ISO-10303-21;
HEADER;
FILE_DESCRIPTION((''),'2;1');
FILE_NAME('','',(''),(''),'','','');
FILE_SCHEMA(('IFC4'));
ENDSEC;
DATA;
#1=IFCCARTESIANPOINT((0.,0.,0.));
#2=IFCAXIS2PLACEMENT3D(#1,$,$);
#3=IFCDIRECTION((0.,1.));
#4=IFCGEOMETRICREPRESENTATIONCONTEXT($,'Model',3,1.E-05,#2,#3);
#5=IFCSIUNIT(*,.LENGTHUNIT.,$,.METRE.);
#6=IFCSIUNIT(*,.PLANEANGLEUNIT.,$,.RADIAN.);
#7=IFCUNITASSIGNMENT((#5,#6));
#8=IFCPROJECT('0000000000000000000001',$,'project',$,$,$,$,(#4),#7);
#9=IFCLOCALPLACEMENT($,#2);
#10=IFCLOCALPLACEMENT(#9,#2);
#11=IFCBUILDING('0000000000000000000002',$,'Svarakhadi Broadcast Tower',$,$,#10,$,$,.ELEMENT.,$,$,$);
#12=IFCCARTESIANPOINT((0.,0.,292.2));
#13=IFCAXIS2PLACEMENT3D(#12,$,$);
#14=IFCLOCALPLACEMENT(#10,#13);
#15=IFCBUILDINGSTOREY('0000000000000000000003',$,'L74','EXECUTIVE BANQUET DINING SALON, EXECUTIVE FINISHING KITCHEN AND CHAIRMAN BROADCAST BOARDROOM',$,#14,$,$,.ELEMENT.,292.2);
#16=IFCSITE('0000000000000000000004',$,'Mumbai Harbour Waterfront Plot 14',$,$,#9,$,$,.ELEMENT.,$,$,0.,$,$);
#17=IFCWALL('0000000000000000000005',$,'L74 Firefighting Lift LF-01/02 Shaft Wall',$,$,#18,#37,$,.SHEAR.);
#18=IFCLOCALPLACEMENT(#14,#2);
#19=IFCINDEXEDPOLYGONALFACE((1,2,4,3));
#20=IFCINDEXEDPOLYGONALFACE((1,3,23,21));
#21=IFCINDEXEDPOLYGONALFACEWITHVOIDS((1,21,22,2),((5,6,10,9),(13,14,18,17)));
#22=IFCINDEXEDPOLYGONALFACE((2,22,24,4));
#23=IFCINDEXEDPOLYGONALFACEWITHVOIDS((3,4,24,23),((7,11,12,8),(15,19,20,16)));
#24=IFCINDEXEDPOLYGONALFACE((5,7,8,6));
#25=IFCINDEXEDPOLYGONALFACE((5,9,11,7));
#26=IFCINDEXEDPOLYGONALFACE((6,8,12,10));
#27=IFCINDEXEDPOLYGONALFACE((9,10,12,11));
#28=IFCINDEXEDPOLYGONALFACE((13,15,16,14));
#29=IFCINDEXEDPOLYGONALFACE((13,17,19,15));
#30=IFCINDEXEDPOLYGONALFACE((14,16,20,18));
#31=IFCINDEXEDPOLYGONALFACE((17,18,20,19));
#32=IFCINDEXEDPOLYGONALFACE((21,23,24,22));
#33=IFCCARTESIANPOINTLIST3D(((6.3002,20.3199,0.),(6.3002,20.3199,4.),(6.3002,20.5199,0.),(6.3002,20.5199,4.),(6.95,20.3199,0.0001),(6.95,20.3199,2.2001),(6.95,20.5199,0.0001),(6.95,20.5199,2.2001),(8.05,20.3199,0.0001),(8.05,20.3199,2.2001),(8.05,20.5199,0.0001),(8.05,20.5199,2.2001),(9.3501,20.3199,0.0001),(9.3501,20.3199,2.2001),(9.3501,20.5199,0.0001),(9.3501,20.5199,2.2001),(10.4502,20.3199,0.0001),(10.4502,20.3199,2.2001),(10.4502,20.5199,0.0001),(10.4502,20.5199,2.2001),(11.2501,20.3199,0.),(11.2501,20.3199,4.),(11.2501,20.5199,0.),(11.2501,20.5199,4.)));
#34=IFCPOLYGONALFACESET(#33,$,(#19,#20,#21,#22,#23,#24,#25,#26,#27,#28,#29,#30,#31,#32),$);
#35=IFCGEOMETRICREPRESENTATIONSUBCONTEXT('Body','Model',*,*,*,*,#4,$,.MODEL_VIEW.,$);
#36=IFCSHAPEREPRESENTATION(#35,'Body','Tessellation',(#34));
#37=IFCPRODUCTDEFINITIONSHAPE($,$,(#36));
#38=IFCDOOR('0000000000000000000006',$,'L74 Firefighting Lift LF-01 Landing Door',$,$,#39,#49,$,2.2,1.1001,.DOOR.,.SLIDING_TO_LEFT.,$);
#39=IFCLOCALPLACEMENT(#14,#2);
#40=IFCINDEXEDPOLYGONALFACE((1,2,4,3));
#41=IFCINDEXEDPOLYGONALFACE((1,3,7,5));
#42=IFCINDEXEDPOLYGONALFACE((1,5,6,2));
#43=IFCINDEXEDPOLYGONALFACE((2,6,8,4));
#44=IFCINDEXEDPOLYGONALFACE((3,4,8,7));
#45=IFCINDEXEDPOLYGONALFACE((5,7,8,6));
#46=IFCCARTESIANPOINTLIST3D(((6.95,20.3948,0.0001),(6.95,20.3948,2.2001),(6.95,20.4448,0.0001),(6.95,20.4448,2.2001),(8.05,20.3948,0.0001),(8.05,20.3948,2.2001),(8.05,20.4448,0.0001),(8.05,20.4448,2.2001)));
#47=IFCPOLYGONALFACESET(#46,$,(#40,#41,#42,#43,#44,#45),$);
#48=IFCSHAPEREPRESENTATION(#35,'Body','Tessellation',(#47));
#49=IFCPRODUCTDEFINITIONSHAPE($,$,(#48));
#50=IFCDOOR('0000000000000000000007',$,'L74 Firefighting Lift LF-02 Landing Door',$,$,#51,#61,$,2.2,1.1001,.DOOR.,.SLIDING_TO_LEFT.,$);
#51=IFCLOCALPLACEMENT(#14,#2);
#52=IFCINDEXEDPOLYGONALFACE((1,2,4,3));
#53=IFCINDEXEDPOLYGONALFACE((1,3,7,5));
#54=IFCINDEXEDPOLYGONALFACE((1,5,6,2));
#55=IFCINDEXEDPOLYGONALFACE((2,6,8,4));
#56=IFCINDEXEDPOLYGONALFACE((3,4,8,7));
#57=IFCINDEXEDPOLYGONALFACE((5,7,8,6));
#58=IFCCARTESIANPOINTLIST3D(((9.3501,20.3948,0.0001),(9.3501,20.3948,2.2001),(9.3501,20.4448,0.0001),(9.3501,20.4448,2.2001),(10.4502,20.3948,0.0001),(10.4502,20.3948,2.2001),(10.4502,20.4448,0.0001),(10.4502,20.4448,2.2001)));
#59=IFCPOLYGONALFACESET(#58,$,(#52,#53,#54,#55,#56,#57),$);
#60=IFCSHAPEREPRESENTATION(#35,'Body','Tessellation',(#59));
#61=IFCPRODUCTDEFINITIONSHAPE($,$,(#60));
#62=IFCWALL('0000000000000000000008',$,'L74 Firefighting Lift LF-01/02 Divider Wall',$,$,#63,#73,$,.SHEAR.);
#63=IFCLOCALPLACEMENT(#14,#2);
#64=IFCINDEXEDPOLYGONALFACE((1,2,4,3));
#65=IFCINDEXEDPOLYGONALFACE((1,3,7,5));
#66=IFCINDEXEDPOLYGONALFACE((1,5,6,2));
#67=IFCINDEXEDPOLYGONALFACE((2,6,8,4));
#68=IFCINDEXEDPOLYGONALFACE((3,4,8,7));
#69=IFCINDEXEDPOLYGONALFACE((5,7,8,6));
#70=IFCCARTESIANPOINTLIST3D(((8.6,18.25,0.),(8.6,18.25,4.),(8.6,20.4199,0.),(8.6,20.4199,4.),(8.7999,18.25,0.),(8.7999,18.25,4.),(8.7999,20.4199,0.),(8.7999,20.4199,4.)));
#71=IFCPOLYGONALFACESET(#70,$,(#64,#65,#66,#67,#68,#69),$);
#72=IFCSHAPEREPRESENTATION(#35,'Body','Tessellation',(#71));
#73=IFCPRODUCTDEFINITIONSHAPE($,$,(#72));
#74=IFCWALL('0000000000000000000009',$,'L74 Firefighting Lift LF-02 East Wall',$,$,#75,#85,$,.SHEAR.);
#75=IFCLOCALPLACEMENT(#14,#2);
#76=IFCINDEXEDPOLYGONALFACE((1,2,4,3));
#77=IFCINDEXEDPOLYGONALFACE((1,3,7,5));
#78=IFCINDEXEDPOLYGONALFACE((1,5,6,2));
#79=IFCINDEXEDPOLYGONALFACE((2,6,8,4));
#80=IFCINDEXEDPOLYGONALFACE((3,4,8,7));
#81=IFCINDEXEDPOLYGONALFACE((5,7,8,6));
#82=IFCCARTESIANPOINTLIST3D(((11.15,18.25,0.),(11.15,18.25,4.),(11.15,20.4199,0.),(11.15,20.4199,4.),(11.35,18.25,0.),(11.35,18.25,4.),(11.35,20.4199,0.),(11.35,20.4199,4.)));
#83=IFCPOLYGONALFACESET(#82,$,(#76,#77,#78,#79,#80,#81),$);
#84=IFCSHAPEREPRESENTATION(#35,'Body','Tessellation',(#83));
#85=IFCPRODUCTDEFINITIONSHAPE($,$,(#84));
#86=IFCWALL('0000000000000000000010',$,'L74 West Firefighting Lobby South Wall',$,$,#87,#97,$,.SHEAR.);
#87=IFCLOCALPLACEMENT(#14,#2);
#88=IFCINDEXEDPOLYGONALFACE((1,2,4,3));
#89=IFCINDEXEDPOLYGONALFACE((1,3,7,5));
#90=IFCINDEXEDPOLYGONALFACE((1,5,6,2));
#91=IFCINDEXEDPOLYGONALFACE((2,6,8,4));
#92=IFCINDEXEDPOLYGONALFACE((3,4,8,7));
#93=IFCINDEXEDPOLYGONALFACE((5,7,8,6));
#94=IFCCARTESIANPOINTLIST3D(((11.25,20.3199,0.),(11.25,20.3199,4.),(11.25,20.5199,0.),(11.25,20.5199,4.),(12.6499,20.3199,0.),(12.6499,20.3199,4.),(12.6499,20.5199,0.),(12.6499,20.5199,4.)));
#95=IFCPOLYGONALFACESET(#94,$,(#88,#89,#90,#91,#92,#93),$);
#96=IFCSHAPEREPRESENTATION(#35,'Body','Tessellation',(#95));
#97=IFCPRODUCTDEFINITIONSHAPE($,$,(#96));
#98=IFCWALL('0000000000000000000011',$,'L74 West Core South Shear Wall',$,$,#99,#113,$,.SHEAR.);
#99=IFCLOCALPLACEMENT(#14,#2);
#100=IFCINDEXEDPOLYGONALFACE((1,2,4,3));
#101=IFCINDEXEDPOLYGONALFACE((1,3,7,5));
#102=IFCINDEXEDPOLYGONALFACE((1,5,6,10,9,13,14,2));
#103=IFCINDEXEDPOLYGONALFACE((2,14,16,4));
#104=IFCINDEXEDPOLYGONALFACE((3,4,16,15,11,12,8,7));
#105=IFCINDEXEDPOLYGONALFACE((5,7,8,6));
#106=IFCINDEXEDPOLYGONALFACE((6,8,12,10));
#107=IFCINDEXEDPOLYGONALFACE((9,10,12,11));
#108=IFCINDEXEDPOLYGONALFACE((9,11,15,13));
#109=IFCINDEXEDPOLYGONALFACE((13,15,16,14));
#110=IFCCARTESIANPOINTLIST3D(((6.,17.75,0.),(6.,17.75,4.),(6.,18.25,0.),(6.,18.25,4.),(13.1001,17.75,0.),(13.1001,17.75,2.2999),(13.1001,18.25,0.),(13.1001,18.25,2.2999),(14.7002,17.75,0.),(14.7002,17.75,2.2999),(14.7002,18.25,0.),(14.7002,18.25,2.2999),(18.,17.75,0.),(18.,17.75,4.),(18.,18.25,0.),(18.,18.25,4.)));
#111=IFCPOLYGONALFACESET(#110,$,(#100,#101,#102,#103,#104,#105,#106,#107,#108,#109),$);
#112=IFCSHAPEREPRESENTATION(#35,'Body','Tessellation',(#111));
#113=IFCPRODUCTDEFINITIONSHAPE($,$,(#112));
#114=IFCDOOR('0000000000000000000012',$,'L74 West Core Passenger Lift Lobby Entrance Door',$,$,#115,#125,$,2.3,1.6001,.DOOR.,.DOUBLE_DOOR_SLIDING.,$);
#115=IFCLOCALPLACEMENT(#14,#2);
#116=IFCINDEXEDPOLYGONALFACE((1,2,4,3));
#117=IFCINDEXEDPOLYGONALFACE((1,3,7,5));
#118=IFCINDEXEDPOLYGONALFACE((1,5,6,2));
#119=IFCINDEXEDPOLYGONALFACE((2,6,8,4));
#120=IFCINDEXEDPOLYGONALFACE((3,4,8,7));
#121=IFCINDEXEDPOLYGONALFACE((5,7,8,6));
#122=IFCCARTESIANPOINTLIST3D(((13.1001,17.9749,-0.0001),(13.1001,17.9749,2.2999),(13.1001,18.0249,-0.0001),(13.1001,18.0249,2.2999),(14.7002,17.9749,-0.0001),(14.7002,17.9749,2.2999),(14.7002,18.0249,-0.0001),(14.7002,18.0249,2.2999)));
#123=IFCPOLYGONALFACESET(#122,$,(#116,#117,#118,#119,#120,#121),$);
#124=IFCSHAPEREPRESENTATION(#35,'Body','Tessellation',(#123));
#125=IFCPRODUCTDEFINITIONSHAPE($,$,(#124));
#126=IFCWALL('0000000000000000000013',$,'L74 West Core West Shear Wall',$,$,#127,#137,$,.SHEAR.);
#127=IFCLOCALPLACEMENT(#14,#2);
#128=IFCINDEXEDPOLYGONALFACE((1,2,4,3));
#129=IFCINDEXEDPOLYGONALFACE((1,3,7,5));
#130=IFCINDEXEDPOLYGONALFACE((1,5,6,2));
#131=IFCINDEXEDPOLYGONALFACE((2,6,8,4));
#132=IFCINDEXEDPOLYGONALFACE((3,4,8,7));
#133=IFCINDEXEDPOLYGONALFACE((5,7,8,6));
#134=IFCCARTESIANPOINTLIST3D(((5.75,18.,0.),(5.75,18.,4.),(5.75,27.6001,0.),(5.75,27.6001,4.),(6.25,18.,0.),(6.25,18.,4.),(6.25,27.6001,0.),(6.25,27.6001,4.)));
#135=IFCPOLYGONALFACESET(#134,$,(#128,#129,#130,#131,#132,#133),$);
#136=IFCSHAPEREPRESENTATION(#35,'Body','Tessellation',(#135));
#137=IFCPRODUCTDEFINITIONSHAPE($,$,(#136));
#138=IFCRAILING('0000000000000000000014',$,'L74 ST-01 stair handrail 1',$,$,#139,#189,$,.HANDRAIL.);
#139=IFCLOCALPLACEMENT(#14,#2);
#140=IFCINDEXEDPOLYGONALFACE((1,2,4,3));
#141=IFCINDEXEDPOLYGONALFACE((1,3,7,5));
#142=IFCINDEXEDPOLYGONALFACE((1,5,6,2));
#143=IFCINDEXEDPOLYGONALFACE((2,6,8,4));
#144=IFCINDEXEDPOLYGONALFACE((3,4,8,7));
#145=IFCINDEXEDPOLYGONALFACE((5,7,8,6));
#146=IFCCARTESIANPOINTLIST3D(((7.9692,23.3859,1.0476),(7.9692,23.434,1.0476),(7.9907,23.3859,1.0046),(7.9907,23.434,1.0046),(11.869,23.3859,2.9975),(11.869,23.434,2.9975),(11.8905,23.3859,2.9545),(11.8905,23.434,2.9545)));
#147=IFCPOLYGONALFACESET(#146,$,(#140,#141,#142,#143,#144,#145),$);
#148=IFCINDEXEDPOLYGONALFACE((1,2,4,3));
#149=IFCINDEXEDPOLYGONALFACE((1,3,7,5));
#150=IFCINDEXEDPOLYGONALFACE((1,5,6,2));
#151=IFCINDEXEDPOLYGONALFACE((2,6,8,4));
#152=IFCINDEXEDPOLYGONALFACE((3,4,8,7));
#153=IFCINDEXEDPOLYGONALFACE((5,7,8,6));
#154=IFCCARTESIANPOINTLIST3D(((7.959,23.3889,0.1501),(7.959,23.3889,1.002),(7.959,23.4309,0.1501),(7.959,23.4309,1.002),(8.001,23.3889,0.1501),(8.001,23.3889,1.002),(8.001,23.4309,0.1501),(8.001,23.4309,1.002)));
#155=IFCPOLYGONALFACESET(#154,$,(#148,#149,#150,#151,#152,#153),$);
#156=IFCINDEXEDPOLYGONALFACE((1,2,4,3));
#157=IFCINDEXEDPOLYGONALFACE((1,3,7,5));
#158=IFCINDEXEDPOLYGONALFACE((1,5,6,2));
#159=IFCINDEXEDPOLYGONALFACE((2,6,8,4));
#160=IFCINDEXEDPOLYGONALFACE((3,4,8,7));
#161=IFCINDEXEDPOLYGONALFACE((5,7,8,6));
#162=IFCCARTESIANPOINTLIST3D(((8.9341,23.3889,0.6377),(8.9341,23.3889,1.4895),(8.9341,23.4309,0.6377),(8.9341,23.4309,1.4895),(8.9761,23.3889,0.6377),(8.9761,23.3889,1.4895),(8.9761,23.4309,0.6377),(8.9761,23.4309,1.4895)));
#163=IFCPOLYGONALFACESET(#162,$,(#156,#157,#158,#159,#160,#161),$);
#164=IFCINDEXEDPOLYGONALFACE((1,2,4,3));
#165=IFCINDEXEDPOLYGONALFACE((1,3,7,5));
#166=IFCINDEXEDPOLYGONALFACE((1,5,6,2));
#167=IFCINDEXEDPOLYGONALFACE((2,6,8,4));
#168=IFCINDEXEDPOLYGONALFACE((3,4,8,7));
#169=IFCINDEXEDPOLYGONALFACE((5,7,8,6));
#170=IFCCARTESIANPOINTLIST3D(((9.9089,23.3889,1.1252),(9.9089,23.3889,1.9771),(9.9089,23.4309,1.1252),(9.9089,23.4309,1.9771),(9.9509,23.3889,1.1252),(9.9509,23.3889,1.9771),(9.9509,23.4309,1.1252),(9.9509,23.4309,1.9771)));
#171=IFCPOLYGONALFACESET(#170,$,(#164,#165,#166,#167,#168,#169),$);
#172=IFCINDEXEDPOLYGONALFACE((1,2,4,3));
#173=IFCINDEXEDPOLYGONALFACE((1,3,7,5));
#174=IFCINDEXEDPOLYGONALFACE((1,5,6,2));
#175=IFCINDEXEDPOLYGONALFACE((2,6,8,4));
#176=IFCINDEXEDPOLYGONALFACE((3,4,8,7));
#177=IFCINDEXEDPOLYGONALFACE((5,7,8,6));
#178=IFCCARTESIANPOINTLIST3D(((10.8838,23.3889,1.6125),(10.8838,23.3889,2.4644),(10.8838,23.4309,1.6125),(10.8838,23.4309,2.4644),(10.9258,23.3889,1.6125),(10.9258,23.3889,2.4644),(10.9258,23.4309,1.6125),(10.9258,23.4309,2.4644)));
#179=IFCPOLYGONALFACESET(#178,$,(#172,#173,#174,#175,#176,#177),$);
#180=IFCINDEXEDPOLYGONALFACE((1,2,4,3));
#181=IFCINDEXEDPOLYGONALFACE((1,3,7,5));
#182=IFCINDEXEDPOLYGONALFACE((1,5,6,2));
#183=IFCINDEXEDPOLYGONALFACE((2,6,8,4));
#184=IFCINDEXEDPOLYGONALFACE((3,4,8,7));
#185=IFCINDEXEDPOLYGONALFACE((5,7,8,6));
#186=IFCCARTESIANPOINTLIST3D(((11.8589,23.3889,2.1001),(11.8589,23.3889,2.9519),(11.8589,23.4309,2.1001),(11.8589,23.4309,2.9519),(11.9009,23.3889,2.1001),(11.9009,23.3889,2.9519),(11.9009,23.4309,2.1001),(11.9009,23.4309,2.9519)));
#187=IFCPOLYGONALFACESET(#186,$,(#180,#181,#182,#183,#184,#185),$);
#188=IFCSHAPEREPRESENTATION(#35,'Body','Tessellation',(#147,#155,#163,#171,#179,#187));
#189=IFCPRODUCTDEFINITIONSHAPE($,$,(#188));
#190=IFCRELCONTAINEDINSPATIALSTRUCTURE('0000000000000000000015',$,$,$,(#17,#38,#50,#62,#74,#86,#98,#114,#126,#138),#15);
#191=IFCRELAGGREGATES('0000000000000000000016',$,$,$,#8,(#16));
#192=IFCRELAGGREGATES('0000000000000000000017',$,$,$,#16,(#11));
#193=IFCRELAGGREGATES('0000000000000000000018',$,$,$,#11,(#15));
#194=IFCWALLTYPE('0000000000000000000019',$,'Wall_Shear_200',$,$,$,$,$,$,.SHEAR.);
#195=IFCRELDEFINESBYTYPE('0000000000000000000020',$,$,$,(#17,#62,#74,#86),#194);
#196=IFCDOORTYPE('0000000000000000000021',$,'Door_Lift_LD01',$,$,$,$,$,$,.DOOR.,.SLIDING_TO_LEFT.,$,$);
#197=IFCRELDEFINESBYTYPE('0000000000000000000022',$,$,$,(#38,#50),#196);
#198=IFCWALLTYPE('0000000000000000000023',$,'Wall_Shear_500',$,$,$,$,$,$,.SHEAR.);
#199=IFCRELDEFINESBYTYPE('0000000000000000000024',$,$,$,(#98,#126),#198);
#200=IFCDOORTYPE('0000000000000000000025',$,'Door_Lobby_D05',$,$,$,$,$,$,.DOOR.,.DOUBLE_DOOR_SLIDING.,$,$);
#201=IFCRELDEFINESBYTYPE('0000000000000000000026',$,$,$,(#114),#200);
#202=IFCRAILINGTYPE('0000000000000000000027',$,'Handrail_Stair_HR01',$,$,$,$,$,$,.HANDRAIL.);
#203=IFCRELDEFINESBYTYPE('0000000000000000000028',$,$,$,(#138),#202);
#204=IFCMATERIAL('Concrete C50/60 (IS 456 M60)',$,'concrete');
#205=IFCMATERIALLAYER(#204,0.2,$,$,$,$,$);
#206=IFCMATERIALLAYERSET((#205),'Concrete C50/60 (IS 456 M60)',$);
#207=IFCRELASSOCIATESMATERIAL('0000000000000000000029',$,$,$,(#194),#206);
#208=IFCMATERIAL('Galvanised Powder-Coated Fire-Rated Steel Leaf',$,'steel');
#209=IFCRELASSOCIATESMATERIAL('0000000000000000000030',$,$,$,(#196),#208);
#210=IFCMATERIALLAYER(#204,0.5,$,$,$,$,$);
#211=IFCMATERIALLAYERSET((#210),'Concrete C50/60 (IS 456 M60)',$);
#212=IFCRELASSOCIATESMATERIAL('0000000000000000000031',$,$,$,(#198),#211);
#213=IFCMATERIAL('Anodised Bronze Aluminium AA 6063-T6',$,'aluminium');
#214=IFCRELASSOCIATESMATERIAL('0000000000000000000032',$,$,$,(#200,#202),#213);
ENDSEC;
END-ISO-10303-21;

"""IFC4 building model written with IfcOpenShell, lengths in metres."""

from ifc_helpers import new_model, si_unit, direction, frame, frame_2d, origin, origin_2d, place, context, subcontext, project, spatial, rectangle, extrude, material, layer, layer_set, type_object, element, fill, save


model = new_model("IFC4")

# Units and contexts
model_context = context("Model", 3, precision=1e-05, world=origin(), true_north=direction((0.0, 1.0)))
body_context = subcontext(model_context, "Body", "Model", "MODEL_VIEW")
ifc_project = project(units=[si_unit("LENGTHUNIT", "METRE"), si_unit("PLANEANGLEUNIT", "RADIAN")], contexts=[model_context])

# Site, building, storey
site_placement = place(None, origin())
site = spatial("IfcSite", under=ifc_project, at=site_placement, Name="Mumbai Harbour Waterfront Plot 14", CompositionType="ELEMENT", RefElevation=0.0)
building_placement = place(site_placement, origin())
building = spatial("IfcBuilding", under=site, at=building_placement, Name="Svarakhadi Broadcast Tower", CompositionType="ELEMENT")
storey_placement = place(building_placement, frame((0.0, 0.0, 292.2)))
storey = spatial("IfcBuildingStorey", under=building, at=storey_placement, Name="L74", Description="EXECUTIVE BANQUET DINING SALON, EXECUTIVE FINISHING KITCHEN AND CHAIRMAN BROADCAST BOARDROOM", CompositionType="ELEMENT", Elevation=292.2)

# Shared definitions
ifc_material_1 = material(Name="Concrete C50/60 (IS 456 M60)", Category="concrete")

# Shared definitions
ifc_layer_1 = layer(ifc_material_1, 0.2)
ifc_layer_set_1 = layer_set([ifc_layer_1], Name="Concrete C50/60 (IS 456 M60)")
wall_type_1 = type_object("IfcWallType", Name="Wall_Shear_200", PredefinedType="SHEAR", material=ifc_layer_set_1)
ifc_material_2 = material(Name="Galvanised Powder-Coated Fire-Rated Steel Leaf", Category="steel")

# Wall, openings, doors
wall_1_placement = place(storey_placement, frame((6.3, 20.4199, 0.0), z_axis=(0.0, 0.0, 1.0), x_axis=(1.0, 0.0, 0.0)))
wall_1 = element("IfcWall", 1, at=wall_1_placement, inside=storey, type_object=wall_type_1, Name="L74 Firefighting Lift LF-01/02 Shaft Wall", PredefinedType="SHEAR", context=body_context, shape_type="SweptSolid", body=[
    extrude(rectangle(XDim=4.95, YDim=0.2, at=frame_2d((2.4751, 0.0))), origin(), (0.0, 0.0, 1.0), 4.0),
])
opening_1_placement = place(wall_1_placement, frame((0.6499, 0.0, 0.0)))
opening_1 = element("IfcOpeningElement", 2, at=opening_1_placement, cuts=wall_1, PredefinedType="OPENING", context=body_context, shape_type="SweptSolid", body=[
    extrude(rectangle(XDim=1.1001, YDim=2.2, at=frame_2d((0.55, 1.1001))), frame((0.0, 0.1099, 0.0), z_axis=(0.0, -1.0, 0.0), x_axis=(1.0, 0.0, 0.0)), (0.0, 0.0, 1.0), 0.22),
])
opening_2_placement = place(wall_1_placement, frame((3.05, 0.0, 0.0)))
opening_2 = element("IfcOpeningElement", 3, at=opening_2_placement, cuts=wall_1, PredefinedType="OPENING", context=body_context, shape_type="SweptSolid", body=[
    extrude(rectangle(XDim=1.1001, YDim=2.2, at=frame_2d((0.55, 1.1001))), frame((0.0, 0.1099, 0.0), z_axis=(0.0, -1.0, 0.0), x_axis=(1.0, 0.0, 0.0)), (0.0, 0.0, 1.0), 0.22),
])
door_type_1 = type_object("IfcDoorType", Name="Door_Lift_LD01", OperationType="SLIDING_TO_LEFT", PredefinedType="DOOR", material=ifc_material_2)
door_1_placement = place(opening_1_placement, origin())
door_1 = element("IfcDoor", 4, at=door_1_placement, inside=storey, type_object=door_type_1, Name="L74 Firefighting Lift LF-01 Landing Door", OperationType="SLIDING_TO_LEFT", OverallHeight=2.2, OverallWidth=1.1001, PredefinedType="DOOR", context=body_context, shape_type="SweptSolid", body=[
    extrude(rectangle(XDim=1.1001, YDim=2.2, at=frame_2d((0.55, 1.1001))), frame((0.0, 0.0249, 0.0), z_axis=(0.0, -1.0, 0.0), x_axis=(1.0, 0.0, 0.0)), (0.0, 0.0, 1.0), 0.05),
])
fill(opening_1, door_1)
door_2_placement = place(opening_2_placement, origin())
door_2 = element("IfcDoor", 5, at=door_2_placement, inside=storey, type_object=door_type_1, Name="L74 Firefighting Lift LF-02 Landing Door", OperationType="SLIDING_TO_LEFT", OverallHeight=2.2, OverallWidth=1.1001, PredefinedType="DOOR", context=body_context, shape_type="SweptSolid", body=[
    extrude(rectangle(XDim=1.1001, YDim=2.2, at=frame_2d((0.55, 1.1001))), frame((0.0, 0.0249, 0.0), z_axis=(0.0, -1.0, 0.0), x_axis=(1.0, 0.0, 0.0)), (0.0, 0.0, 1.0), 0.05),
])
fill(opening_2, door_2)

# Walls
for number, where, z_axis, x_axis, name in (
    (6, (8.7, 18.25, 0.0), (0.0, 0.0, 1.0), (0.0, 1.0, 0.0), "L74 Firefighting Lift LF-01/02 Divider Wall"),
    (7, (11.25, 18.25, 0.0), (0.0, 0.0, 1.0), (0.0, 1.0, 0.0), "L74 Firefighting Lift LF-02 East Wall"),
):
    element("IfcWall", number, at=place(storey_placement, frame(where, z_axis=z_axis, x_axis=x_axis)), inside=storey, type_object=wall_type_1, Name=name, PredefinedType="SHEAR", context=body_context, shape_type="SweptSolid", body=[
        extrude(rectangle(XDim=2.1699, YDim=0.2, at=frame_2d((1.085, 0.0))), origin(), (0.0, 0.0, 1.0), 4.0),
    ])
wall_2_placement = place(storey_placement, frame((11.25, 20.4199, 0.0), z_axis=(0.0, 0.0, 1.0), x_axis=(1.0, 0.0, 0.0)))
element("IfcWall", 8, at=wall_2_placement, inside=storey, type_object=wall_type_1, Name="L74 West Firefighting Lobby South Wall", PredefinedType="SHEAR", context=body_context, shape_type="SweptSolid", body=[
    extrude(rectangle(XDim=1.3999, YDim=0.2, at=frame_2d((0.7, 0.0))), origin(), (0.0, 0.0, 1.0), 4.0),
])

# Wall, opening, door
ifc_layer_2 = layer(ifc_material_1, 0.5)
ifc_layer_set_2 = layer_set([ifc_layer_2], Name="Concrete C50/60 (IS 456 M60)")
wall_type_2 = type_object("IfcWallType", Name="Wall_Shear_500", PredefinedType="SHEAR", material=ifc_layer_set_2)
wall_3_placement = place(storey_placement, frame((6.0, 18.0, 0.0), z_axis=(0.0, 0.0, 1.0), x_axis=(1.0, 0.0, 0.0)))
wall_3 = element("IfcWall", 9, at=wall_3_placement, inside=storey, type_object=wall_type_2, Name="L74 West Core South Shear Wall", PredefinedType="SHEAR", context=body_context, shape_type="SweptSolid", body=[
    extrude(rectangle(XDim=12.0, YDim=0.5, at=frame_2d((6.0, 0.0))), origin(), (0.0, 0.0, 1.0), 4.0),
])
opening_3_placement = place(wall_3_placement, frame((7.1001, 0.0, 0.0)))
opening_3 = element("IfcOpeningElement", 10, at=opening_3_placement, cuts=wall_3, PredefinedType="OPENING", context=body_context, shape_type="SweptSolid", body=[
    extrude(rectangle(XDim=1.6001, YDim=2.3, at=frame_2d((0.8, 1.1499))), frame((0.0, 0.26, 0.0), z_axis=(0.0, -1.0, 0.0), x_axis=(1.0, 0.0, 0.0)), (0.0, 0.0, 1.0), 0.52),
])
ifc_material_3 = material(Name="Anodised Bronze Aluminium AA 6063-T6", Category="aluminium")
door_type_2 = type_object("IfcDoorType", Name="Door_Lobby_D05", OperationType="DOUBLE_DOOR_SLIDING", PredefinedType="DOOR", material=ifc_material_3)
door_3_placement = place(opening_3_placement, origin())
door_3 = element("IfcDoor", 11, at=door_3_placement, inside=storey, type_object=door_type_2, Name="L74 West Core Passenger Lift Lobby Entrance Door", OperationType="DOUBLE_DOOR_SLIDING", OverallHeight=2.3, OverallWidth=1.6001, PredefinedType="DOOR", context=body_context, shape_type="SweptSolid", body=[
    extrude(rectangle(XDim=1.6001, YDim=2.3, at=frame_2d((0.8, 1.1499))), frame((0.0, 0.0249, 0.0), z_axis=(0.0, -1.0, 0.0), x_axis=(1.0, 0.0, 0.0)), (0.0, 0.0, 1.0), 0.05),
])
fill(opening_3, door_3)

# Wall
wall_4_placement = place(storey_placement, frame((6.0, 18.0, 0.0), z_axis=(0.0, 0.0, 1.0), x_axis=(0.0, 1.0, 0.0)))
element("IfcWall", 12, at=wall_4_placement, inside=storey, type_object=wall_type_2, Name="L74 West Core West Shear Wall", PredefinedType="SHEAR", context=body_context, shape_type="SweptSolid", body=[
    extrude(rectangle(XDim=9.6001, YDim=0.5, at=frame_2d((4.8, 0.0))), origin(), (0.0, 0.0, 1.0), 4.0),
])

# Railing
railing_type = type_object("IfcRailingType", Name="Handrail_Stair_HR01", PredefinedType="HANDRAIL", material=ifc_material_3)
railing_placement = place(storey_placement, frame((7.98, 23.4099, 0.1501)))
element("IfcRailing", 13, at=railing_placement, inside=storey, type_object=railing_type, Name="L74 ST-01 stair handrail 1", PredefinedType="HANDRAIL", context=body_context, shape_type="SweptSolid", body=[
    extrude(rectangle(XDim=0.0481, YDim=0.0481, at=origin_2d()), frame((0.0, 0.0, 0.876), z_axis=(0.894427, 0.0, 0.447214), x_axis=(0.0, 1.0, 0.0)), (0.0, 0.0, 1.0), 4.3601),
    extrude(rectangle(XDim=0.042, YDim=0.042, at=origin_2d()), origin(), (0.0, 0.0, 1.0), 0.8518),
    extrude(rectangle(XDim=0.042, YDim=0.042, at=origin_2d()), frame((0.9751, 0.0, 0.4875)), (0.0, 0.0, 1.0), 0.8518),
    extrude(rectangle(XDim=0.042, YDim=0.042, at=origin_2d()), frame((1.95, 0.0, 0.9751)), (0.0, 0.0, 1.0), 0.8518),
    extrude(rectangle(XDim=0.042, YDim=0.042, at=origin_2d()), frame((2.9248, 0.0, 1.4624)), (0.0, 0.0, 1.0), 0.8518),
    extrude(rectangle(XDim=0.042, YDim=0.042, at=origin_2d()), frame((3.8999, 0.0, 1.95)), (0.0, 0.0, 1.0), 0.8518),
])

save(model, "model.ifc")
